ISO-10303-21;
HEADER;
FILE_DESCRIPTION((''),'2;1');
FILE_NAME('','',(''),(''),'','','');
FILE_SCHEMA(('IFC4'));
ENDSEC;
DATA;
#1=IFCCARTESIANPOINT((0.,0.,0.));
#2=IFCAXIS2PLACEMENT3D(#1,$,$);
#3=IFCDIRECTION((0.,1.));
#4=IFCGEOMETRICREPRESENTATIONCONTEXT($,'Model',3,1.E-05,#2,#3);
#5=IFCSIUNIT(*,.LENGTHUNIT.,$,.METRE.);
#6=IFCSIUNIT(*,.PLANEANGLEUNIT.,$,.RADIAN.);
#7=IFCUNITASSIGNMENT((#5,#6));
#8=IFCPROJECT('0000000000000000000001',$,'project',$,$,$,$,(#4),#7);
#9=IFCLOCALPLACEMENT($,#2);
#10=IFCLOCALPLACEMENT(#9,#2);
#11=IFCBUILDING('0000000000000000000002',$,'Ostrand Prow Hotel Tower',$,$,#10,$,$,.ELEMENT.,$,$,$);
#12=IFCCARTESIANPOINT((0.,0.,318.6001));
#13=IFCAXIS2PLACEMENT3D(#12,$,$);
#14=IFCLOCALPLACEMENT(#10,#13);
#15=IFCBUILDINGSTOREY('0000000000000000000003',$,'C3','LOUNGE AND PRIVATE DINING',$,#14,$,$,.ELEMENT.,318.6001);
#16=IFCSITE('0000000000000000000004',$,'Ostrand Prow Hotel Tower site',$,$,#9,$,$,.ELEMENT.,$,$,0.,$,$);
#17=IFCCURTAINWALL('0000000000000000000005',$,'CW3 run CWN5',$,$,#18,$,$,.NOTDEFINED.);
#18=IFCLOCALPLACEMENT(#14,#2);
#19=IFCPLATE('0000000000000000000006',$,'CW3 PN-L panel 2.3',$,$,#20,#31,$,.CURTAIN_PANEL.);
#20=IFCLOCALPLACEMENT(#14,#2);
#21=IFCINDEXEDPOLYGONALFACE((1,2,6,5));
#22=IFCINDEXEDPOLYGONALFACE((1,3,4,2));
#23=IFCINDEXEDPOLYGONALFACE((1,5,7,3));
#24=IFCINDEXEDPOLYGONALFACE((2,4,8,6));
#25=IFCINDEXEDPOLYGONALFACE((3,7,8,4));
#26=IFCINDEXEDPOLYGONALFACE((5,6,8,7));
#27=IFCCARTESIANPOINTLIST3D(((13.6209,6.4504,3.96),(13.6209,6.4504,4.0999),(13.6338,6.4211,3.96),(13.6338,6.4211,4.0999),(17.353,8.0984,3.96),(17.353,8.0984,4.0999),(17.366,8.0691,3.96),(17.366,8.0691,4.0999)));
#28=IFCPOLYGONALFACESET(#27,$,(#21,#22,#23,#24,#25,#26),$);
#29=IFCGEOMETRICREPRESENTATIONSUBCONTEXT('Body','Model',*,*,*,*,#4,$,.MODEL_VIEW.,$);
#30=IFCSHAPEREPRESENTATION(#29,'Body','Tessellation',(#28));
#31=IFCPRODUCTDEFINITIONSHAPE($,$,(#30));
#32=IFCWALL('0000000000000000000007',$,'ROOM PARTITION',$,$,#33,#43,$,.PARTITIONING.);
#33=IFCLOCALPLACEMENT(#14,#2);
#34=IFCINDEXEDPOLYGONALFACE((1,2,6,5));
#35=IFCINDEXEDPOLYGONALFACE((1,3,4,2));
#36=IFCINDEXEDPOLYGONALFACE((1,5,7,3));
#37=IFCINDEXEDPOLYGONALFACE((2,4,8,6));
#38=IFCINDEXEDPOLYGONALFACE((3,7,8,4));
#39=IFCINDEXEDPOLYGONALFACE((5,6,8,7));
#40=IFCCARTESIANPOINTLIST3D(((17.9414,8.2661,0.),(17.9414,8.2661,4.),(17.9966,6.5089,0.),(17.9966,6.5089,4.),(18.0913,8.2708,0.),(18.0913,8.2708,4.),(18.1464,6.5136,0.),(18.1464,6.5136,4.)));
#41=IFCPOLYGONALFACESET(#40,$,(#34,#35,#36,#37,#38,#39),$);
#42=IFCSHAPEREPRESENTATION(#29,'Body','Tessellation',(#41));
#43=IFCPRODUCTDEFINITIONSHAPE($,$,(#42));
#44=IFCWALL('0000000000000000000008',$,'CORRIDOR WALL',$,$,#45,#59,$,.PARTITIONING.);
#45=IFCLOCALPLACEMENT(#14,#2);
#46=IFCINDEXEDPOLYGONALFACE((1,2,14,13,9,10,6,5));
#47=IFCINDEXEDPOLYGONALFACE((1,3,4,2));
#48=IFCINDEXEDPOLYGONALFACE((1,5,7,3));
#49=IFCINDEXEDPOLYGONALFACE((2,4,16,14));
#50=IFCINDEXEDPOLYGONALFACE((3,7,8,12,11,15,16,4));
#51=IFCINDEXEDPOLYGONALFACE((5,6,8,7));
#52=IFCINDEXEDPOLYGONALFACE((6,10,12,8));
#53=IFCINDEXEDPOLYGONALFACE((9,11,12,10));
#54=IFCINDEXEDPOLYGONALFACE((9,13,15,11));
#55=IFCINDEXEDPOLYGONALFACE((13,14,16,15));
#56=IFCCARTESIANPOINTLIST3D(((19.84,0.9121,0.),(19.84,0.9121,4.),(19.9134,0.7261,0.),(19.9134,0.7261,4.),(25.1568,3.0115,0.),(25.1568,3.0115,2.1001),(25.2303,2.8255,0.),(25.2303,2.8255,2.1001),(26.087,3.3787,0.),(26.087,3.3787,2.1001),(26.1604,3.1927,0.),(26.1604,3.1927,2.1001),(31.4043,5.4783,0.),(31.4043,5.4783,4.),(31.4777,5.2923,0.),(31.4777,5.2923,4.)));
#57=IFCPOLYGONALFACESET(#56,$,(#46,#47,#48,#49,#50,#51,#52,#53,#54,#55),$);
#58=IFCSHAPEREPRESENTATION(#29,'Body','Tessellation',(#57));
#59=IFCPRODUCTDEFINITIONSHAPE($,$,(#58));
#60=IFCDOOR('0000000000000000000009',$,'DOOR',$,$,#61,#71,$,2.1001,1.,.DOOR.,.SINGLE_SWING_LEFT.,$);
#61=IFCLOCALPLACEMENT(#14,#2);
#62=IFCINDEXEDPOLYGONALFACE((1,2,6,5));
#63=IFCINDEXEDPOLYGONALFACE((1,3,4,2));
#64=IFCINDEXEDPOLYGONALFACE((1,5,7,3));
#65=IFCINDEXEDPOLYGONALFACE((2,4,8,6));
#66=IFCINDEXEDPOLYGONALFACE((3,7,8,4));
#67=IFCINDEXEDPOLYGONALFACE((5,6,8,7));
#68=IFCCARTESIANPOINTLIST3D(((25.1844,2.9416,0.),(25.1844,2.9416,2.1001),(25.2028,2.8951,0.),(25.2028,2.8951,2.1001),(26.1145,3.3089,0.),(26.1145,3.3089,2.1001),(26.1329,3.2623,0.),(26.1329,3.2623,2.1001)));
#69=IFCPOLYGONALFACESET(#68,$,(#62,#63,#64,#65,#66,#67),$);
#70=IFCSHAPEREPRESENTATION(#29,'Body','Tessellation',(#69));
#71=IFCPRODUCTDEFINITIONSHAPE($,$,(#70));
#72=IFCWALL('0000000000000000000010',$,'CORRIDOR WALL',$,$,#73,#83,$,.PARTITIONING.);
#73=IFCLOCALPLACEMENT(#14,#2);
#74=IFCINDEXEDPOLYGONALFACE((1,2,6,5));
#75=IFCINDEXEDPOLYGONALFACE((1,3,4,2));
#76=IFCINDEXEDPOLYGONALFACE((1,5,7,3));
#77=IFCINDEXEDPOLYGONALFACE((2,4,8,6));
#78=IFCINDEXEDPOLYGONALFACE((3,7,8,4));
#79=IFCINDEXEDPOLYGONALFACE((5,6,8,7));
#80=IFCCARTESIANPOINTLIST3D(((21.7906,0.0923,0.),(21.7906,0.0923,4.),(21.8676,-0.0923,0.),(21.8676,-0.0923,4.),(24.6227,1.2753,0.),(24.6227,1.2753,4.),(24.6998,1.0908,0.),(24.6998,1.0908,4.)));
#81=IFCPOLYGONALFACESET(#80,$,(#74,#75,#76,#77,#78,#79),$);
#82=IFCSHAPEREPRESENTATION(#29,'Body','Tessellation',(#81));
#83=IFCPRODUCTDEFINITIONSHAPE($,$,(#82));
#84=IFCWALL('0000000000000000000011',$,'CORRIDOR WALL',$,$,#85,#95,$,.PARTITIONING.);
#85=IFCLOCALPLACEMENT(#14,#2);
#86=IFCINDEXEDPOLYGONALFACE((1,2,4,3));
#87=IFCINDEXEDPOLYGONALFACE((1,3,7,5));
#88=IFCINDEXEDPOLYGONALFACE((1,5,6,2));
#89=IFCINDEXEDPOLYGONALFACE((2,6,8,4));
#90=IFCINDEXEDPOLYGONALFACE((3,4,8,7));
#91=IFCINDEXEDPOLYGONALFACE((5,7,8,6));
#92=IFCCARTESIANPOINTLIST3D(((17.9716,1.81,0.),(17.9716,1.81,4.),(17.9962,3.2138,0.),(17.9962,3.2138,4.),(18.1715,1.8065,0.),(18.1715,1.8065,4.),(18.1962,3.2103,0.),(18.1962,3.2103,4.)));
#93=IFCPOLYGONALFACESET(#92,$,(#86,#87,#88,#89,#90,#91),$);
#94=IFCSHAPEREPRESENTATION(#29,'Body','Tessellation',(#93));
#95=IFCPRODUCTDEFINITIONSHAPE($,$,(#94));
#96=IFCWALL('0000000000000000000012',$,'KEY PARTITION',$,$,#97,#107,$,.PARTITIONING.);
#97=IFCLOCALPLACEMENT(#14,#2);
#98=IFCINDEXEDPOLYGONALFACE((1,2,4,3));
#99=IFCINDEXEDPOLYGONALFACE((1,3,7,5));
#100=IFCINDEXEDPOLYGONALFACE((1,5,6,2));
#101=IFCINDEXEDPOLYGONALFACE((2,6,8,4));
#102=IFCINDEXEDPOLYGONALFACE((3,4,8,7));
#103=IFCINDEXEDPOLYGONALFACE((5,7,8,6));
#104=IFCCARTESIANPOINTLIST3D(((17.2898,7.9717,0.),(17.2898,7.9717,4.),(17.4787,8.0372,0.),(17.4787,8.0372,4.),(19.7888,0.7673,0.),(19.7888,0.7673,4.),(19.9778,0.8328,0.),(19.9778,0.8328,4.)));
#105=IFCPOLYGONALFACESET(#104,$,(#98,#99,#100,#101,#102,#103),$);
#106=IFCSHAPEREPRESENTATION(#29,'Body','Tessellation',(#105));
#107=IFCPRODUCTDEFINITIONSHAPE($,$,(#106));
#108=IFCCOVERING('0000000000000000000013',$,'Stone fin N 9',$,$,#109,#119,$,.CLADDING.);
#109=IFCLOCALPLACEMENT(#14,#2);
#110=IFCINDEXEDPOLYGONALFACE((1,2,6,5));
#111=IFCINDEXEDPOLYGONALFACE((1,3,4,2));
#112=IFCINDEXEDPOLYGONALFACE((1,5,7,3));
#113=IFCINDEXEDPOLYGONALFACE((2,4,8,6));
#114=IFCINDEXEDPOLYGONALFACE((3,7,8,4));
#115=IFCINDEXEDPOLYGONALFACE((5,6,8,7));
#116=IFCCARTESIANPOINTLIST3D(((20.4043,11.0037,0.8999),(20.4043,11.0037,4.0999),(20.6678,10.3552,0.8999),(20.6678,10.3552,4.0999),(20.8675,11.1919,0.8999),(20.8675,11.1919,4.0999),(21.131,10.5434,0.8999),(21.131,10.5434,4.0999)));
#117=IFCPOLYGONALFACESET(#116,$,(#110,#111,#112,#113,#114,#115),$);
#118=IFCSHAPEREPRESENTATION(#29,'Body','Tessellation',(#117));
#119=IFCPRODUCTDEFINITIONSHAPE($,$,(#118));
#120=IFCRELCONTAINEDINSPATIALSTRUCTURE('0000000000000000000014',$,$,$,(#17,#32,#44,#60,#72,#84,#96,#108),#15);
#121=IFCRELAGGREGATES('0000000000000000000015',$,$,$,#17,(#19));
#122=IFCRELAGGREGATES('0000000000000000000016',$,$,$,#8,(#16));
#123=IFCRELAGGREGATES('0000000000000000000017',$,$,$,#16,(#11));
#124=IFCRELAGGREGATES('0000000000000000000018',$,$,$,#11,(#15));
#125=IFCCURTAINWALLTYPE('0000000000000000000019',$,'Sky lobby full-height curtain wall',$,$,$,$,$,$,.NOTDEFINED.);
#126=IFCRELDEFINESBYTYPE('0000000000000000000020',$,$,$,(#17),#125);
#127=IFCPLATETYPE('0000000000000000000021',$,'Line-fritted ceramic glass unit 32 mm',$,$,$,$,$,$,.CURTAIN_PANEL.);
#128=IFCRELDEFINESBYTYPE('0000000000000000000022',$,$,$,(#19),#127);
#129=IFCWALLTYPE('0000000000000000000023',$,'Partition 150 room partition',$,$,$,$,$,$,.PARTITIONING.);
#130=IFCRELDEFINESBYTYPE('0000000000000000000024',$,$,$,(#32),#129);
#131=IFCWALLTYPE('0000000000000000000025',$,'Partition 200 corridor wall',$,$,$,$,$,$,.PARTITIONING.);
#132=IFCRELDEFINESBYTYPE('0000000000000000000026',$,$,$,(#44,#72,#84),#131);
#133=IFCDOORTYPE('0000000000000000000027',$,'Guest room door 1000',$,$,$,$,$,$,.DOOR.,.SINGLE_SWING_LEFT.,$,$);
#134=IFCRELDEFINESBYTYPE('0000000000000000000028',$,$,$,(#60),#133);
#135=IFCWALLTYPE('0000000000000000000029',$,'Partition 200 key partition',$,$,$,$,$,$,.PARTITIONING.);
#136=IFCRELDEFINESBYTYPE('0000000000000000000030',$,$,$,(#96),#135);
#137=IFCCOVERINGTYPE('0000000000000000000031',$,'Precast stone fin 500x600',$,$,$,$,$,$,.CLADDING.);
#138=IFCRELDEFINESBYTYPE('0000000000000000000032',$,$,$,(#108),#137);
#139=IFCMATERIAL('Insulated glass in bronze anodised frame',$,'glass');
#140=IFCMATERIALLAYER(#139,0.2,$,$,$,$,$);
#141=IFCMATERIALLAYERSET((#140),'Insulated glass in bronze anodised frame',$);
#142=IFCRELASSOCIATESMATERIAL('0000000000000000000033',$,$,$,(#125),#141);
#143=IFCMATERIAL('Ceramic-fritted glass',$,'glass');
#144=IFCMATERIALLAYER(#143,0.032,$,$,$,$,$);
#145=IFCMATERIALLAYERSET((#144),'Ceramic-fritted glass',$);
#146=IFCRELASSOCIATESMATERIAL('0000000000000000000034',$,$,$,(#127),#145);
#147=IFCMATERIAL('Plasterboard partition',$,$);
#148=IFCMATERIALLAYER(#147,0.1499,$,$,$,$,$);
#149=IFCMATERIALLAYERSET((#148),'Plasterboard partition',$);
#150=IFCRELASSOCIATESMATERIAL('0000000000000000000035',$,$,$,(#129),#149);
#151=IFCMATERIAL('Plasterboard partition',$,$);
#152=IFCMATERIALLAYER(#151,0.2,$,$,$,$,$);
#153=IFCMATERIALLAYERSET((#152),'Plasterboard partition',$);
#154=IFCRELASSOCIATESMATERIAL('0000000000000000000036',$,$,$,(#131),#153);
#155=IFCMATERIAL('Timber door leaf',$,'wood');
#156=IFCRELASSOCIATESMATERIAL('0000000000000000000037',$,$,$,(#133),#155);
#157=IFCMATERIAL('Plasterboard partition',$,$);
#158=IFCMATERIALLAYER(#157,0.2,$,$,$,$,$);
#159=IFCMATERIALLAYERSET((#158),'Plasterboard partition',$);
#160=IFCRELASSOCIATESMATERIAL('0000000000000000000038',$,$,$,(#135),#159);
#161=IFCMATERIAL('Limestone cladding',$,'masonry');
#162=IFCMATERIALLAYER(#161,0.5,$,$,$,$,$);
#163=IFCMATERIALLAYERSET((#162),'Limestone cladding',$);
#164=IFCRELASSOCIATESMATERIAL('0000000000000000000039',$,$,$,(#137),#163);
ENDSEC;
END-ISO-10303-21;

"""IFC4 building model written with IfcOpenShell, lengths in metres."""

from ifc_helpers import new_model, si_unit, direction, frame, frame_2d, origin, origin_2d, place, context, subcontext, project, spatial, rectangle, extrude, material, layer, layer_set, type_object, element, fill, aggregate, save


model = new_model("IFC4")

# Units and contexts
model_context = context("Model", 3, precision=1e-05, world=origin(), true_north=direction((0.0, 1.0)))
body_context = subcontext(model_context, "Body", "Model", "MODEL_VIEW")
ifc_project = project(units=[si_unit("LENGTHUNIT", "METRE"), si_unit("PLANEANGLEUNIT", "RADIAN")], contexts=[model_context])

# Site, building, storey
site_placement = place(None, origin())
site = spatial("IfcSite", under=ifc_project, at=site_placement, Name="Ostrand Prow Hotel Tower site", CompositionType="ELEMENT", RefElevation=0.0)
building_placement = place(site_placement, origin())
building = spatial("IfcBuilding", under=site, at=building_placement, Name="Ostrand Prow Hotel Tower", CompositionType="ELEMENT")
storey_placement = place(building_placement, frame((0.0, 0.0, 318.6001)))
storey = spatial("IfcBuildingStorey", under=building, at=storey_placement, Name="C3", Description="LOUNGE AND PRIVATE DINING", CompositionType="ELEMENT", Elevation=318.6001)

# Shared definitions
ifc_material_1 = material(Name="Insulated glass in bronze anodised frame", Category="glass")
ifc_layer_1 = layer(ifc_material_1, 0.2)
ifc_layer_set_1 = layer_set([ifc_layer_1], Name="Insulated glass in bronze anodised frame")
curtain_wall_type = type_object("IfcCurtainWallType", Name="Sky lobby full-height curtain wall", PredefinedType="NOTDEFINED", material=ifc_layer_set_1)

# Curtain wall, plate
curtain_wall_1_placement = place(storey_placement, origin())
curtain_wall_1 = element("IfcCurtainWall", 1, at=curtain_wall_1_placement, inside=storey, type_object=curtain_wall_type, Name="CW3 run CWN5", PredefinedType="NOTDEFINED")
ifc_material_2 = material(Name="Ceramic-fritted glass", Category="glass")
ifc_layer_2 = layer(ifc_material_2, 0.032)
ifc_layer_set_2 = layer_set([ifc_layer_2], Name="Ceramic-fritted glass")
plate_type_1 = type_object("IfcPlateType", Name="Line-fritted ceramic glass unit 32 mm", PredefinedType="CURTAIN_PANEL", material=ifc_layer_set_2)
plate_1_placement = place(storey_placement, frame((15.4934, 7.2598, 3.96), z_axis=(0.0, 0.0, 1.0), x_axis=(-0.914786, -0.40394, 0.0)))
plate_1 = element("IfcPlate", 2, at=plate_1_placement, type_object=plate_type_1, Name="CW3 PN-L panel 2.3", PredefinedType="CURTAIN_PANEL", context=body_context, shape_type="SweptSolid", body=[
    extrude(rectangle(XDim=4.0798, YDim=0.032, at=origin_2d()), origin(), (0.0, 0.0, 1.0), 0.1399),
])
aggregate(curtain_wall_1, [plate_1])

# Wall
ifc_material_3 = material(Name="Plasterboard partition")
ifc_layer_3 = layer(ifc_material_3, 0.1499)
ifc_layer_set_3 = layer_set([ifc_layer_3], Name="Plasterboard partition")
wall_type_1 = type_object("IfcWallType", Name="Partition 150 room partition", PredefinedType="PARTITIONING", material=ifc_layer_set_3)
wall_1_placement = place(storey_placement, frame((18.0164, 8.2683, 0.0), z_axis=(0.0, 0.0, 1.0), x_axis=(0.031387, -0.999507, 0.0)))
element("IfcWall", 3, at=wall_1_placement, inside=storey, type_object=wall_type_1, Name="ROOM PARTITION", PredefinedType="PARTITIONING", context=body_context, shape_type="SweptSolid", body=[
    extrude(rectangle(XDim=1.7581, YDim=0.1499, at=frame_2d((0.8789, 0.0))), origin(), (0.0, 0.0, 1.0), 4.0),
])

# Wall, opening, door
ifc_material_4 = material(Name="Plasterboard partition")
ifc_layer_4 = layer(ifc_material_4, 0.2)
ifc_layer_set_4 = layer_set([ifc_layer_4], Name="Plasterboard partition")
wall_type_2 = type_object("IfcWallType", Name="Partition 200 corridor wall", PredefinedType="PARTITIONING", material=ifc_layer_set_4)
wall_2_placement = place(storey_placement, frame((19.8767, 0.8191, 0.0), z_axis=(0.0, 0.0, 1.0), x_axis=(0.930118, 0.36726, 0.0)))
wall_2 = element("IfcWall", 4, at=wall_2_placement, inside=storey, type_object=wall_type_2, Name="CORRIDOR WALL", PredefinedType="PARTITIONING", context=body_context, shape_type="SweptSolid", body=[
    extrude(rectangle(XDim=12.4331, YDim=0.2, at=frame_2d((6.2166, 0.0))), origin(), (0.0, 0.0, 1.0), 4.0),
])
opening_placement = place(wall_2_placement, frame((5.7163, 0.0, 0.0)))
opening = element("IfcOpeningElement", 5, at=opening_placement, cuts=wall_2, PredefinedType="OPENING", context=body_context, shape_type="SweptSolid", body=[
    extrude(rectangle(XDim=1.0, YDim=2.1001, at=frame_2d((0.5, 1.05))), frame((0.0, 0.1099, 0.0), z_axis=(0.0, -1.0, 0.0), x_axis=(1.0, 0.0, 0.0)), (0.0, 0.0, 1.0), 0.22),
])
ifc_material_5 = material(Name="Timber door leaf", Category="wood")
door_type = type_object("IfcDoorType", Name="Guest room door 1000", OperationType="SINGLE_SWING_LEFT", PredefinedType="DOOR", material=ifc_material_5)
door_placement = place(opening_placement, origin())
door = element("IfcDoor", 6, at=door_placement, inside=storey, type_object=door_type, Name="DOOR", OperationType="SINGLE_SWING_LEFT", OverallHeight=2.1001, OverallWidth=1.0, PredefinedType="DOOR", context=body_context, shape_type="SweptSolid", body=[
    extrude(rectangle(XDim=1.0, YDim=2.1001, at=frame_2d((0.5, 1.05))), frame((0.0, 0.0249, 0.0), z_axis=(0.0, -1.0, 0.0), x_axis=(1.0, 0.0, 0.0)), (0.0, 0.0, 1.0), 0.05),
])
fill(opening, door)

# Walls
wall_3_placement = place(storey_placement, frame((21.8291, 0.0, 0.0), z_axis=(0.0, 0.0, 1.0), x_axis=(0.922731, 0.385445, 0.0)))
element("IfcWall", 7, at=wall_3_placement, inside=storey, type_object=wall_type_2, Name="CORRIDOR WALL", PredefinedType="PARTITIONING", context=body_context, shape_type="SweptSolid", body=[
    extrude(rectangle(XDim=3.0693, YDim=0.2, at=frame_2d((1.5347, 0.0))), origin(), (0.0, 0.0, 1.0), 4.0),
])
wall_4_placement = place(storey_placement, frame((18.0715, 1.8081, 0.0), z_axis=(0.0, 0.0, 1.0), x_axis=(0.017563, 0.999846, 0.0)))
element("IfcWall", 8, at=wall_4_placement, inside=storey, type_object=wall_type_2, Name="CORRIDOR WALL", PredefinedType="PARTITIONING", context=body_context, shape_type="SweptSolid", body=[
    extrude(rectangle(XDim=1.4041, YDim=0.2, at=frame_2d((0.7021, 0.0))), origin(), (0.0, 0.0, 1.0), 4.0),
])
ifc_material_6 = material(Name="Plasterboard partition")
ifc_layer_5 = layer(ifc_material_6, 0.2)
ifc_layer_set_5 = layer_set([ifc_layer_5], Name="Plasterboard partition")
wall_type_3 = type_object("IfcWallType", Name="Partition 200 key partition", PredefinedType="PARTITIONING", material=ifc_layer_set_5)
wall_5_placement = place(storey_placement, frame((19.8833, 0.8, 0.0), z_axis=(0.0, 0.0, 1.0), x_axis=(-0.327721, 0.944775, 0.0)))
element("IfcWall", 9, at=wall_5_placement, inside=storey, type_object=wall_type_3, Name="KEY PARTITION", PredefinedType="PARTITIONING", context=body_context, shape_type="SweptSolid", body=[
    extrude(rectangle(XDim=7.6255, YDim=0.2, at=frame_2d((3.8127, 0.0))), origin(), (0.0, 0.0, 1.0), 4.0),
])

# Covering
ifc_material_7 = material(Name="Limestone cladding", Category="masonry")
ifc_layer_6 = layer(ifc_material_7, 0.5)
ifc_layer_set_6 = layer_set([ifc_layer_6], Name="Limestone cladding")
covering_type = type_object("IfcCoveringType", Name="Precast stone fin 500x600", PredefinedType="CLADDING", material=ifc_layer_set_6)
covering_placement = place(storey_placement, frame((20.8994, 10.4492, 0.8999), z_axis=(0.0, 0.0, 1.0), x_axis=(-0.376377, 0.926467, 0.0)))
element("IfcCovering", 10, at=covering_placement, inside=storey, type_object=covering_type, Name="Stone fin N 9", PredefinedType="CLADDING", context=body_context, shape_type="SweptSolid", body=[
    extrude(rectangle(XDim=0.7, YDim=0.5, at=frame_2d((0.3501, 0.0))), origin(), (0.0, 0.0, 1.0), 3.2),
])

save(model, "model.ifc")
